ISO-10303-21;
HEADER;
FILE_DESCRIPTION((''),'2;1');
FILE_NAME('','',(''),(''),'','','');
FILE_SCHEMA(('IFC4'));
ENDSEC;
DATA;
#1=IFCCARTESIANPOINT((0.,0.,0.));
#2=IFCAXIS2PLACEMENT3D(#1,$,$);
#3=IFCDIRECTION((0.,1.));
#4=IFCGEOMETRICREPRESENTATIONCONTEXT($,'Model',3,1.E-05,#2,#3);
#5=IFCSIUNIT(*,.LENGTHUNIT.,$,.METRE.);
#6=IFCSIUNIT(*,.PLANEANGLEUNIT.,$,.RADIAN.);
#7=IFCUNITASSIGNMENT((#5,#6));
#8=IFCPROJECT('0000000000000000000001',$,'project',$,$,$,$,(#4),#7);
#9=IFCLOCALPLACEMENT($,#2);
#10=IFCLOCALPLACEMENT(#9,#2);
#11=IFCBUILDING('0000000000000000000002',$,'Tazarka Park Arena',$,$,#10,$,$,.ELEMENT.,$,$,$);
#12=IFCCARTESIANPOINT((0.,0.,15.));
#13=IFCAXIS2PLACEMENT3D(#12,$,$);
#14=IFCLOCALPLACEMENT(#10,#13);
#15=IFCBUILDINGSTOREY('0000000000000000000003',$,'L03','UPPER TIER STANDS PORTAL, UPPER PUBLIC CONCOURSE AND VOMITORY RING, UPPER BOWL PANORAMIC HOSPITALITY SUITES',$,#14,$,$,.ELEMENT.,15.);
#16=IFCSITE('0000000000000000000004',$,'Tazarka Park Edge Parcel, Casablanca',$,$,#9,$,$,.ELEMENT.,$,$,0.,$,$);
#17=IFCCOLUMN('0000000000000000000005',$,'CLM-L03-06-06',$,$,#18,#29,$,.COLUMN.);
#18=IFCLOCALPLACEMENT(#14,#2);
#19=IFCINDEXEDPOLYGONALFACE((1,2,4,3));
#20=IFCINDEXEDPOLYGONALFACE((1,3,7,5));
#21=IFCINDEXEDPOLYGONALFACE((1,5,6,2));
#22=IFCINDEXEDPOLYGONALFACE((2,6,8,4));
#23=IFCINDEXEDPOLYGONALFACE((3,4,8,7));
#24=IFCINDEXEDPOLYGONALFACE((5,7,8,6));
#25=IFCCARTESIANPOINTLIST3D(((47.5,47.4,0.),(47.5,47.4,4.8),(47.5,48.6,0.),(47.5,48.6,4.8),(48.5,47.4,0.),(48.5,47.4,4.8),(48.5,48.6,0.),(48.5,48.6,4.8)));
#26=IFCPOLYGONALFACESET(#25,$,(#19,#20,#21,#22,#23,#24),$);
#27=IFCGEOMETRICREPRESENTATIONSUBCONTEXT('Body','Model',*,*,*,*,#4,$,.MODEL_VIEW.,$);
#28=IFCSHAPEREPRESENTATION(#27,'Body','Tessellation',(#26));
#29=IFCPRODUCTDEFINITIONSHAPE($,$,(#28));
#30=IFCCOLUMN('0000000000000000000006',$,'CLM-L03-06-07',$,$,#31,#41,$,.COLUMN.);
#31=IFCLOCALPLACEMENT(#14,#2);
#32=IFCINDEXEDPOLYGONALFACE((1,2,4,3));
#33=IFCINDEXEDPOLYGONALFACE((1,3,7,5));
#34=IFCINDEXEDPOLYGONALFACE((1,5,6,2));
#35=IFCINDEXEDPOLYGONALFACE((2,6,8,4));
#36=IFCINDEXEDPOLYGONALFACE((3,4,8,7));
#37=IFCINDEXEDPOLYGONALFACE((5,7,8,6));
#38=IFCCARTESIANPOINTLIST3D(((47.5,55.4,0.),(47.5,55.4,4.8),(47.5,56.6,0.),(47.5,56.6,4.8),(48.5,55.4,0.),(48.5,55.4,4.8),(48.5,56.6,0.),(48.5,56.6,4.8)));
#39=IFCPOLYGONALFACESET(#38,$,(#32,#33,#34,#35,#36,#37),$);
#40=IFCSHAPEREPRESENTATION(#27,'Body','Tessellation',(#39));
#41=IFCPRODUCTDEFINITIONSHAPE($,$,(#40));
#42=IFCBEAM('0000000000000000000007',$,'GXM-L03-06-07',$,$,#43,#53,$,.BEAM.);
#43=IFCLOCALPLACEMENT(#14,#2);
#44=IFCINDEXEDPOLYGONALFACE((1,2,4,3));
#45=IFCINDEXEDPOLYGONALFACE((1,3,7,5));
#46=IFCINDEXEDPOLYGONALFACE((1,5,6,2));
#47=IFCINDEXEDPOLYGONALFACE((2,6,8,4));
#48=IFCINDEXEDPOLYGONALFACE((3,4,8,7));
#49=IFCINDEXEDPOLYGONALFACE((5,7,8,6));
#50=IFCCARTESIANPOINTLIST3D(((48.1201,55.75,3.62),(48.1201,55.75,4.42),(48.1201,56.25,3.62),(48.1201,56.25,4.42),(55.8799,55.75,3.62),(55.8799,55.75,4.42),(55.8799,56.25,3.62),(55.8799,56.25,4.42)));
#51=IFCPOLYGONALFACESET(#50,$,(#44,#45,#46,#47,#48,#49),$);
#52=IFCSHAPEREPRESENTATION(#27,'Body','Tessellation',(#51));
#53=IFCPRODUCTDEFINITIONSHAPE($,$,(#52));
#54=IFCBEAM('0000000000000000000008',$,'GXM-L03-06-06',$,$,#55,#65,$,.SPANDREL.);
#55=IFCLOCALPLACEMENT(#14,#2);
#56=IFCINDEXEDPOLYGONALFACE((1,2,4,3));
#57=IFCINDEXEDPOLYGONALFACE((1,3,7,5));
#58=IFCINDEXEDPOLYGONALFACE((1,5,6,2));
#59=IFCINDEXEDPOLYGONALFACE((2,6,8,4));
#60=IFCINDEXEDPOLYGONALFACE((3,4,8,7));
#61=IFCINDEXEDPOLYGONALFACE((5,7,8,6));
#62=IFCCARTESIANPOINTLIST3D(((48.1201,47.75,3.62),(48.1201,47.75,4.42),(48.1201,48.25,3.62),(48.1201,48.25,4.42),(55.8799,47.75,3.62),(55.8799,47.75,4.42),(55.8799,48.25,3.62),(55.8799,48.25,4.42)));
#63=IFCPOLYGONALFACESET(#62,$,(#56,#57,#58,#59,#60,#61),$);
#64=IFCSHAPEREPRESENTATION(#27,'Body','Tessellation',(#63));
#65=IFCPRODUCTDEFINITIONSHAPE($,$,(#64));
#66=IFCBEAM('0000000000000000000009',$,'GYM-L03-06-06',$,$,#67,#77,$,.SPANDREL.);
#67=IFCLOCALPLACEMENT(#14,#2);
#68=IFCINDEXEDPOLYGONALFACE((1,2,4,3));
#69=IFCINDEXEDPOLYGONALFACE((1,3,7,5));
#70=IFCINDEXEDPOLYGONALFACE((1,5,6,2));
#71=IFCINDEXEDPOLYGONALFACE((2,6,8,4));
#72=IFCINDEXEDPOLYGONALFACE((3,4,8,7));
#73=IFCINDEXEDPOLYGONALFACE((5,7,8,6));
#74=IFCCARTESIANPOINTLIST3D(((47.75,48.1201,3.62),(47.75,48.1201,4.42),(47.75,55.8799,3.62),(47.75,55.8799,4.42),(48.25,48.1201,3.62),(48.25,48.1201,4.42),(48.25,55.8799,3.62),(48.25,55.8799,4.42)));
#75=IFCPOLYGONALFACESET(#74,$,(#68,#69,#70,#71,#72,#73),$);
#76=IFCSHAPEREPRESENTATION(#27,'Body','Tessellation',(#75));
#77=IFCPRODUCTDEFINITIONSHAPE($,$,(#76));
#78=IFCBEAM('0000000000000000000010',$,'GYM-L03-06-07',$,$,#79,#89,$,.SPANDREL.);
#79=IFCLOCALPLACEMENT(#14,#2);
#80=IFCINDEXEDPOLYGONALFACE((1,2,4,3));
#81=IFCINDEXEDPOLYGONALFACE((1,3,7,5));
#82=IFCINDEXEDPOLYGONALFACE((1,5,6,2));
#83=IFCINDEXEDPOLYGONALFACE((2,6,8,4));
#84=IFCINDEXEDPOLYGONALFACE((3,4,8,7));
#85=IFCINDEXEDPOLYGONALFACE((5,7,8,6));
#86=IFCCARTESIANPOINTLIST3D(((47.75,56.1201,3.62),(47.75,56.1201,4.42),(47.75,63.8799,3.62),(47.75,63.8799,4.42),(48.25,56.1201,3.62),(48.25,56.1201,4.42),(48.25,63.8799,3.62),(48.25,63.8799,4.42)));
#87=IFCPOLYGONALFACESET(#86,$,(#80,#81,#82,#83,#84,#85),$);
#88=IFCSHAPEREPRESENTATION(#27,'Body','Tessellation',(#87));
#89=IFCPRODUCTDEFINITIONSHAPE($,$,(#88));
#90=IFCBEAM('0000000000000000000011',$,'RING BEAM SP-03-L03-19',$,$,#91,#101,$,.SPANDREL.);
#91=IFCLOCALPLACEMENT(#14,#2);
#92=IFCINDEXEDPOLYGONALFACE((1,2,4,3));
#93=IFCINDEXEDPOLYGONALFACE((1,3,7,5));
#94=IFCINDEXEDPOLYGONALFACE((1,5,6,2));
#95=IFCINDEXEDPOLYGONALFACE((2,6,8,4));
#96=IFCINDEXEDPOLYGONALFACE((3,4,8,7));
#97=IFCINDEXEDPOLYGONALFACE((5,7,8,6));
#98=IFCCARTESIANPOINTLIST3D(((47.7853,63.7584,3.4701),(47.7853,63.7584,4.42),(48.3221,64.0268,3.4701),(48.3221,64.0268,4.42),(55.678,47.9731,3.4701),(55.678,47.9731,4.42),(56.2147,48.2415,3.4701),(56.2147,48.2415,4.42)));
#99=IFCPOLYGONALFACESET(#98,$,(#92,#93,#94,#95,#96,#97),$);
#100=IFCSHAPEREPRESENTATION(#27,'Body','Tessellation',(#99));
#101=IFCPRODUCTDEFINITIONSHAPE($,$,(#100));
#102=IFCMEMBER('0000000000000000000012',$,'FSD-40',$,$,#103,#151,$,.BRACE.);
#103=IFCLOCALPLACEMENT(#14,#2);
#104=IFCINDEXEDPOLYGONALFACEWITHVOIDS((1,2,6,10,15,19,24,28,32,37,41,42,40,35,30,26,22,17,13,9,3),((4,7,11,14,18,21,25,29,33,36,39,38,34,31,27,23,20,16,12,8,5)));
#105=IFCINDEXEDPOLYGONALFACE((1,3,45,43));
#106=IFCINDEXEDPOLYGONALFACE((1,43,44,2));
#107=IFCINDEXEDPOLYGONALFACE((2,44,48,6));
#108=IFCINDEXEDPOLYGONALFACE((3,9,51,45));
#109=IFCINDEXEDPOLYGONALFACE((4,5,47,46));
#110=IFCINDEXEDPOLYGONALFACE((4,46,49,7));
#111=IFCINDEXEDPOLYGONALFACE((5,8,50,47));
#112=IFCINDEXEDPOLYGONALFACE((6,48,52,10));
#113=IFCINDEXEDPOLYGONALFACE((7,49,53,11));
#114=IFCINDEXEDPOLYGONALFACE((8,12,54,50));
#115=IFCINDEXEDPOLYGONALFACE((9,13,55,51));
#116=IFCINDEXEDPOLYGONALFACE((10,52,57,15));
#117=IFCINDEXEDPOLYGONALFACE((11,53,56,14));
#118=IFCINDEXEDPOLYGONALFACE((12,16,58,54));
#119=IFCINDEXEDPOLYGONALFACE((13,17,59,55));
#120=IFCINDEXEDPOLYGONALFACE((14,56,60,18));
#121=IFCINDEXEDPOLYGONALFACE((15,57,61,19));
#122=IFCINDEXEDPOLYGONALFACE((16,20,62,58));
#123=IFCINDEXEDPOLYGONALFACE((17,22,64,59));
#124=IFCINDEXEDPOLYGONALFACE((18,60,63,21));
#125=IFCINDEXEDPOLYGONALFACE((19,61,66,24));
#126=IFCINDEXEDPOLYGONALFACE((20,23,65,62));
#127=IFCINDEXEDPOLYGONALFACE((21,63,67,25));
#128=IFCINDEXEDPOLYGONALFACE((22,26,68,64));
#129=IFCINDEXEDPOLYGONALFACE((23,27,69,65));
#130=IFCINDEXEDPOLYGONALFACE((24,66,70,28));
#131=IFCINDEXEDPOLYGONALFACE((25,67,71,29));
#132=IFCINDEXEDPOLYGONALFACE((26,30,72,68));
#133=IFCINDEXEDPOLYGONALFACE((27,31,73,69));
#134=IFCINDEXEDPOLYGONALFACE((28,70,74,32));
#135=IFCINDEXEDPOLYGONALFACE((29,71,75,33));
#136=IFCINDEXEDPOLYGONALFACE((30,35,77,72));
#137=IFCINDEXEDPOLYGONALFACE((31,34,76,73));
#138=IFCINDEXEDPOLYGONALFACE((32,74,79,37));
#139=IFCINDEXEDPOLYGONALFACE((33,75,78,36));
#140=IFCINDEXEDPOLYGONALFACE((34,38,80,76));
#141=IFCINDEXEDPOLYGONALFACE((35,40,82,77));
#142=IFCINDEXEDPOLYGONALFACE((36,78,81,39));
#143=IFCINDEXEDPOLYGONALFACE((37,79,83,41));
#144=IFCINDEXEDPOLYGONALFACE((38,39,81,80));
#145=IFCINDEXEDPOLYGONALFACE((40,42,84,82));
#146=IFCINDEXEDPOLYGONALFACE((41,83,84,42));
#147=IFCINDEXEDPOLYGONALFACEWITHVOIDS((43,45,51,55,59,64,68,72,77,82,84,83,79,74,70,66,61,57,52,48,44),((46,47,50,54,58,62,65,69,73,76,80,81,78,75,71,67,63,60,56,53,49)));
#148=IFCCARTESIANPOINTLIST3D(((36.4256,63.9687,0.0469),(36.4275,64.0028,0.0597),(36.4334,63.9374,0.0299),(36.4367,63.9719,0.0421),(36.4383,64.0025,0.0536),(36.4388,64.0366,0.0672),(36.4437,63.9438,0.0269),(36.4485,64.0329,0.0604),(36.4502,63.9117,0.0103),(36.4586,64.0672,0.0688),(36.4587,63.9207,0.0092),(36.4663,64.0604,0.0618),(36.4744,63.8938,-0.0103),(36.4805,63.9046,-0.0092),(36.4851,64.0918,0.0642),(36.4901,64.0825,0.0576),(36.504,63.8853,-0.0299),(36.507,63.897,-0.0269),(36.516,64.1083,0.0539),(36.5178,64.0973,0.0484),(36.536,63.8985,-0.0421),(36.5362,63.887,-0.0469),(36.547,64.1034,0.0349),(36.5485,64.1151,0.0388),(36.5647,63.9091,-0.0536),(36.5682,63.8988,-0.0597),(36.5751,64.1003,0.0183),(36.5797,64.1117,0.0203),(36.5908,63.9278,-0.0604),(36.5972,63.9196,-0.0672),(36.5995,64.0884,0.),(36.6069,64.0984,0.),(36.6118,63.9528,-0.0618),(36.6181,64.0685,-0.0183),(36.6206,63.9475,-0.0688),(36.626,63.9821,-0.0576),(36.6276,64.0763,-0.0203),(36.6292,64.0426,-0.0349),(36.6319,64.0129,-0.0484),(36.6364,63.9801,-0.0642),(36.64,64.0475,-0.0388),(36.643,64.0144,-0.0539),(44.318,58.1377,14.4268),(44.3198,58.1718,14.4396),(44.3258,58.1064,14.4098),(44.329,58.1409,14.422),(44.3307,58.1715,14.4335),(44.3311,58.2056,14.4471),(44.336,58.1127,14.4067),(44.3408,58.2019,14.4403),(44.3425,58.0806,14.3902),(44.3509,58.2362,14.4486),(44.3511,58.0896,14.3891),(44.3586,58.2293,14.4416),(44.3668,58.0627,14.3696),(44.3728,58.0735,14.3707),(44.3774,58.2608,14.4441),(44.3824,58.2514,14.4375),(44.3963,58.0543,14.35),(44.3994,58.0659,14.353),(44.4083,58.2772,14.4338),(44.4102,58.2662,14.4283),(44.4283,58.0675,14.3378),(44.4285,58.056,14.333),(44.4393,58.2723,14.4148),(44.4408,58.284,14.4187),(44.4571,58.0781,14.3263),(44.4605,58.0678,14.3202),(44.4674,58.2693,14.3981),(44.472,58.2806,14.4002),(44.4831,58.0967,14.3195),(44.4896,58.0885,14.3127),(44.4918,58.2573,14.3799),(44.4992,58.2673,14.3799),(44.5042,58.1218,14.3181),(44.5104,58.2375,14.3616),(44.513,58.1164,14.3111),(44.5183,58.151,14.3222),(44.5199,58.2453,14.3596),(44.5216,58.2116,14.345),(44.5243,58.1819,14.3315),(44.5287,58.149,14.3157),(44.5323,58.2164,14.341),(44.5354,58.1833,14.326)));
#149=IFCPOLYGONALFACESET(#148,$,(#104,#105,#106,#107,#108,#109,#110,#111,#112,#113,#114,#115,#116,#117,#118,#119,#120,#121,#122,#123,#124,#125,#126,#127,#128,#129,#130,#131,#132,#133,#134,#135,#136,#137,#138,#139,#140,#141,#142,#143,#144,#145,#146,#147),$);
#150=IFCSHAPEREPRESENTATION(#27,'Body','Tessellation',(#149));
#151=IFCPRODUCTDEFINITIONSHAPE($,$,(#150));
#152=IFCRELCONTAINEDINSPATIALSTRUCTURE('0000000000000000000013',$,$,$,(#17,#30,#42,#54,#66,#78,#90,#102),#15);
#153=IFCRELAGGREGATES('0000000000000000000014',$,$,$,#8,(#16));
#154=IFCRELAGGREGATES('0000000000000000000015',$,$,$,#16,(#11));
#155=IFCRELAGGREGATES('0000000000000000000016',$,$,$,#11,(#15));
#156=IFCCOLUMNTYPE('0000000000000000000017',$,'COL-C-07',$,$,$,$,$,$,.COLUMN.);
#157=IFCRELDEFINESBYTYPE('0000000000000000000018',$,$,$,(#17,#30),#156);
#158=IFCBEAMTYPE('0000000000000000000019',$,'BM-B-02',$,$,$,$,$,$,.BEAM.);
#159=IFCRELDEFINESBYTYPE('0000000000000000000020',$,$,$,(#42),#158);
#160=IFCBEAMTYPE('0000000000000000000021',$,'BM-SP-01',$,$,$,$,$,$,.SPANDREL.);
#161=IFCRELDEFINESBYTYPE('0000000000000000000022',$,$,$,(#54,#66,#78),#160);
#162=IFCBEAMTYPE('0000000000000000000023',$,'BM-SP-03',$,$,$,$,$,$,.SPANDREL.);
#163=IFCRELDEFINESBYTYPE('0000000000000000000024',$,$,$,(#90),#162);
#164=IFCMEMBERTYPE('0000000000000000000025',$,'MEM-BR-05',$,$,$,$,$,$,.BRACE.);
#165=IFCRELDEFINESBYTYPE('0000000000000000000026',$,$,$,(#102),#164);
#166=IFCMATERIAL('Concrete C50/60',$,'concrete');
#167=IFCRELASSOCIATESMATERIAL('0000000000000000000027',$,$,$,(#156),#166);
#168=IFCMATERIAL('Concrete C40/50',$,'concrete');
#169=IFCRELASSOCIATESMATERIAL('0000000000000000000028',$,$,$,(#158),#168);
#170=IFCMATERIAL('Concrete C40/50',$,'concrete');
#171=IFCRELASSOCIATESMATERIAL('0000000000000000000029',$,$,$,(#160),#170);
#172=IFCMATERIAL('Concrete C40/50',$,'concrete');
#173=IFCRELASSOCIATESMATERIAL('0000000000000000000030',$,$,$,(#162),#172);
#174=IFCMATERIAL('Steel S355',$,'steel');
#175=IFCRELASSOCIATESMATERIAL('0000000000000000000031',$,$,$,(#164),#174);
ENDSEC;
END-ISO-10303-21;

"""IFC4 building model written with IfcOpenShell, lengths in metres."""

from ifc_helpers import new_model, si_unit, direction, frame, origin, origin_2d, place, context, subcontext, project, spatial, rectangle, hollow_circle, extrude, material, material_profile, profile_set, type_object, element, save


model = new_model("IFC4")

# Units and contexts
model_context = context("Model", 3, precision=1e-05, world=origin(), true_north=direction((0.0, 1.0)))
body_context = subcontext(model_context, "Body", "Model", "MODEL_VIEW")
ifc_project = project(units=[si_unit("LENGTHUNIT", "METRE"), si_unit("PLANEANGLEUNIT", "RADIAN")], contexts=[model_context])

# Site, building, storey
site_placement = place(None, origin())
site = spatial("IfcSite", under=ifc_project, at=site_placement, Name="Tazarka Park Edge Parcel, Casablanca", CompositionType="ELEMENT", RefElevation=0.0)
building_placement = place(site_placement, origin())
building = spatial("IfcBuilding", under=site, at=building_placement, Name="Tazarka Park Arena", CompositionType="ELEMENT")
storey_placement = place(building_placement, frame((0.0, 0.0, 15.0)))
storey = spatial("IfcBuildingStorey", under=building, at=storey_placement, Name="L03", Description="UPPER TIER STANDS PORTAL, UPPER PUBLIC CONCOURSE AND VOMITORY RING, UPPER BOWL PANORAMIC HOSPITALITY SUITES", CompositionType="ELEMENT", Elevation=15.0)

# Columns
ifc_material_1 = material(Name="Concrete C50/60", Category="concrete")
ifc_material_profile_1 = material_profile(ifc_material_1, rectangle(XDim=1.0, YDim=1.2, at=origin_2d()), Name="Concrete C50/60")
ifc_profile_set_1 = profile_set([ifc_material_profile_1], Name="Concrete C50/60")
column_type = type_object("IfcColumnType", Name="COL-C-07", PredefinedType="COLUMN", material=ifc_profile_set_1)
for number, where, z_axis, x_axis, name in (
    (1, (48.0, 48.0, 0.0), (0.0, 0.0, 1.0), (1.0, 0.0, 0.0), "CLM-L03-06-06"),
    (2, (48.0, 56.0, 0.0), (0.0, 0.0, 1.0), (1.0, 0.0, 0.0), "CLM-L03-06-07"),
):
    element("IfcColumn", number, at=place(storey_placement, frame(where, z_axis=z_axis, x_axis=x_axis)), inside=storey, type_object=column_type, Name=name, PredefinedType="COLUMN", context=body_context, shape_type="SweptSolid", body=[
        extrude(rectangle(XDim=1.0, YDim=1.2, at=origin_2d()), origin(), (0.0, 0.0, 1.0), 4.8),
    ])

# Beams
ifc_material_2 = material(Name="Concrete C40/50", Category="concrete")
ifc_material_profile_2 = material_profile(ifc_material_2, rectangle(XDim=0.5, YDim=0.8, at=origin_2d()), Name="Concrete C40/50")
ifc_profile_set_2 = profile_set([ifc_material_profile_2], Name="Concrete C40/50")
beam_type_1 = type_object("IfcBeamType", Name="BM-B-02", PredefinedType="BEAM", material=ifc_profile_set_2)
beam_1_placement = place(storey_placement, frame((48.1201, 56.0, 4.02), z_axis=(1.0, 0.0, 0.0), x_axis=(0.0, 1.0, 0.0)))
element("IfcBeam", 3, at=beam_1_placement, inside=storey, type_object=beam_type_1, Name="GXM-L03-06-07", PredefinedType="BEAM", context=body_context, shape_type="SweptSolid", body=[
    extrude(rectangle(XDim=0.5, YDim=0.8, at=origin_2d()), origin(), (0.0, 0.0, 1.0), 7.7598),
])
ifc_material_3 = material(Name="Concrete C40/50", Category="concrete")
ifc_material_profile_3 = material_profile(ifc_material_3, rectangle(XDim=0.5, YDim=0.8, at=origin_2d()), Name="Concrete C40/50")
ifc_profile_set_3 = profile_set([ifc_material_profile_3], Name="Concrete C40/50")
beam_type_2 = type_object("IfcBeamType", Name="BM-SP-01", PredefinedType="SPANDREL", material=ifc_profile_set_3)
for number, where, z_axis, x_axis, name in (
    (4, (48.1201, 48.0, 4.02), (1.0, 0.0, 0.0), (0.0, 1.0, 0.0), "GXM-L03-06-06"),
    (5, (48.0, 48.1201, 4.02), (0.0, 1.0, 0.0), (-1.0, 0.0, 0.0), "GYM-L03-06-06"),
    (6, (48.0, 56.1201, 4.02), (0.0, 1.0, 0.0), (-1.0, 0.0, 0.0), "GYM-L03-06-07"),
):
    element("IfcBeam", number, at=place(storey_placement, frame(where, z_axis=z_axis, x_axis=x_axis)), inside=storey, type_object=beam_type_2, Name=name, PredefinedType="SPANDREL", context=body_context, shape_type="SweptSolid", body=[
        extrude(rectangle(XDim=0.5, YDim=0.8, at=origin_2d()), origin(), (0.0, 0.0, 1.0), 7.7598),
    ])
ifc_material_4 = material(Name="Concrete C40/50", Category="concrete")
ifc_material_profile_4 = material_profile(ifc_material_4, rectangle(XDim=0.6001, YDim=0.95, at=origin_2d()), Name="Concrete C40/50")
ifc_profile_set_4 = profile_set([ifc_material_profile_4], Name="Concrete C40/50")
beam_type_3 = type_object("IfcBeamType", Name="BM-SP-03", PredefinedType="SPANDREL", material=ifc_profile_set_4)
beam_2_placement = place(storey_placement, frame((48.0537, 63.8926, 3.9451), z_axis=(0.447214, -0.894427, 0.0), x_axis=(0.894427, 0.447214, 0.0)))
element("IfcBeam", 7, at=beam_2_placement, inside=storey, type_object=beam_type_3, Name="RING BEAM SP-03-L03-19", PredefinedType="SPANDREL", context=body_context, shape_type="SweptSolid", body=[
    extrude(rectangle(XDim=0.6001, YDim=0.95, at=origin_2d()), origin(), (0.0, 0.0, 1.0), 17.6484),
])

# Member
ifc_material_5 = material(Name="Steel S355", Category="steel")
ifc_material_profile_5 = material_profile(ifc_material_5, hollow_circle(Radius=0.1223, WallThickness=0.0125, at=origin_2d()), Name="Steel S355")
ifc_profile_set_5 = profile_set([ifc_material_profile_5], Name="Steel S355")
member_type_1 = type_object("IfcMemberType", Name="MEM-BR-05", PredefinedType="BRACE", material=ifc_profile_set_5)
member_1_placement = place(storey_placement, frame((36.5342, 64.0, 0.0), z_axis=(0.45335, -0.334946, 0.826006), x_axis=(0.594232, 0.804293, 0.0)))
element("IfcMember", 8, at=member_1_placement, inside=storey, type_object=member_type_1, Name="FSD-40", PredefinedType="BRACE", context=body_context, shape_type="SweptSolid", body=[
    extrude(hollow_circle(Radius=0.1223, WallThickness=0.0125, at=origin_2d()), origin(), (0.0, 0.0, 1.0), 17.4089),
])

save(model, "model.ifc")
